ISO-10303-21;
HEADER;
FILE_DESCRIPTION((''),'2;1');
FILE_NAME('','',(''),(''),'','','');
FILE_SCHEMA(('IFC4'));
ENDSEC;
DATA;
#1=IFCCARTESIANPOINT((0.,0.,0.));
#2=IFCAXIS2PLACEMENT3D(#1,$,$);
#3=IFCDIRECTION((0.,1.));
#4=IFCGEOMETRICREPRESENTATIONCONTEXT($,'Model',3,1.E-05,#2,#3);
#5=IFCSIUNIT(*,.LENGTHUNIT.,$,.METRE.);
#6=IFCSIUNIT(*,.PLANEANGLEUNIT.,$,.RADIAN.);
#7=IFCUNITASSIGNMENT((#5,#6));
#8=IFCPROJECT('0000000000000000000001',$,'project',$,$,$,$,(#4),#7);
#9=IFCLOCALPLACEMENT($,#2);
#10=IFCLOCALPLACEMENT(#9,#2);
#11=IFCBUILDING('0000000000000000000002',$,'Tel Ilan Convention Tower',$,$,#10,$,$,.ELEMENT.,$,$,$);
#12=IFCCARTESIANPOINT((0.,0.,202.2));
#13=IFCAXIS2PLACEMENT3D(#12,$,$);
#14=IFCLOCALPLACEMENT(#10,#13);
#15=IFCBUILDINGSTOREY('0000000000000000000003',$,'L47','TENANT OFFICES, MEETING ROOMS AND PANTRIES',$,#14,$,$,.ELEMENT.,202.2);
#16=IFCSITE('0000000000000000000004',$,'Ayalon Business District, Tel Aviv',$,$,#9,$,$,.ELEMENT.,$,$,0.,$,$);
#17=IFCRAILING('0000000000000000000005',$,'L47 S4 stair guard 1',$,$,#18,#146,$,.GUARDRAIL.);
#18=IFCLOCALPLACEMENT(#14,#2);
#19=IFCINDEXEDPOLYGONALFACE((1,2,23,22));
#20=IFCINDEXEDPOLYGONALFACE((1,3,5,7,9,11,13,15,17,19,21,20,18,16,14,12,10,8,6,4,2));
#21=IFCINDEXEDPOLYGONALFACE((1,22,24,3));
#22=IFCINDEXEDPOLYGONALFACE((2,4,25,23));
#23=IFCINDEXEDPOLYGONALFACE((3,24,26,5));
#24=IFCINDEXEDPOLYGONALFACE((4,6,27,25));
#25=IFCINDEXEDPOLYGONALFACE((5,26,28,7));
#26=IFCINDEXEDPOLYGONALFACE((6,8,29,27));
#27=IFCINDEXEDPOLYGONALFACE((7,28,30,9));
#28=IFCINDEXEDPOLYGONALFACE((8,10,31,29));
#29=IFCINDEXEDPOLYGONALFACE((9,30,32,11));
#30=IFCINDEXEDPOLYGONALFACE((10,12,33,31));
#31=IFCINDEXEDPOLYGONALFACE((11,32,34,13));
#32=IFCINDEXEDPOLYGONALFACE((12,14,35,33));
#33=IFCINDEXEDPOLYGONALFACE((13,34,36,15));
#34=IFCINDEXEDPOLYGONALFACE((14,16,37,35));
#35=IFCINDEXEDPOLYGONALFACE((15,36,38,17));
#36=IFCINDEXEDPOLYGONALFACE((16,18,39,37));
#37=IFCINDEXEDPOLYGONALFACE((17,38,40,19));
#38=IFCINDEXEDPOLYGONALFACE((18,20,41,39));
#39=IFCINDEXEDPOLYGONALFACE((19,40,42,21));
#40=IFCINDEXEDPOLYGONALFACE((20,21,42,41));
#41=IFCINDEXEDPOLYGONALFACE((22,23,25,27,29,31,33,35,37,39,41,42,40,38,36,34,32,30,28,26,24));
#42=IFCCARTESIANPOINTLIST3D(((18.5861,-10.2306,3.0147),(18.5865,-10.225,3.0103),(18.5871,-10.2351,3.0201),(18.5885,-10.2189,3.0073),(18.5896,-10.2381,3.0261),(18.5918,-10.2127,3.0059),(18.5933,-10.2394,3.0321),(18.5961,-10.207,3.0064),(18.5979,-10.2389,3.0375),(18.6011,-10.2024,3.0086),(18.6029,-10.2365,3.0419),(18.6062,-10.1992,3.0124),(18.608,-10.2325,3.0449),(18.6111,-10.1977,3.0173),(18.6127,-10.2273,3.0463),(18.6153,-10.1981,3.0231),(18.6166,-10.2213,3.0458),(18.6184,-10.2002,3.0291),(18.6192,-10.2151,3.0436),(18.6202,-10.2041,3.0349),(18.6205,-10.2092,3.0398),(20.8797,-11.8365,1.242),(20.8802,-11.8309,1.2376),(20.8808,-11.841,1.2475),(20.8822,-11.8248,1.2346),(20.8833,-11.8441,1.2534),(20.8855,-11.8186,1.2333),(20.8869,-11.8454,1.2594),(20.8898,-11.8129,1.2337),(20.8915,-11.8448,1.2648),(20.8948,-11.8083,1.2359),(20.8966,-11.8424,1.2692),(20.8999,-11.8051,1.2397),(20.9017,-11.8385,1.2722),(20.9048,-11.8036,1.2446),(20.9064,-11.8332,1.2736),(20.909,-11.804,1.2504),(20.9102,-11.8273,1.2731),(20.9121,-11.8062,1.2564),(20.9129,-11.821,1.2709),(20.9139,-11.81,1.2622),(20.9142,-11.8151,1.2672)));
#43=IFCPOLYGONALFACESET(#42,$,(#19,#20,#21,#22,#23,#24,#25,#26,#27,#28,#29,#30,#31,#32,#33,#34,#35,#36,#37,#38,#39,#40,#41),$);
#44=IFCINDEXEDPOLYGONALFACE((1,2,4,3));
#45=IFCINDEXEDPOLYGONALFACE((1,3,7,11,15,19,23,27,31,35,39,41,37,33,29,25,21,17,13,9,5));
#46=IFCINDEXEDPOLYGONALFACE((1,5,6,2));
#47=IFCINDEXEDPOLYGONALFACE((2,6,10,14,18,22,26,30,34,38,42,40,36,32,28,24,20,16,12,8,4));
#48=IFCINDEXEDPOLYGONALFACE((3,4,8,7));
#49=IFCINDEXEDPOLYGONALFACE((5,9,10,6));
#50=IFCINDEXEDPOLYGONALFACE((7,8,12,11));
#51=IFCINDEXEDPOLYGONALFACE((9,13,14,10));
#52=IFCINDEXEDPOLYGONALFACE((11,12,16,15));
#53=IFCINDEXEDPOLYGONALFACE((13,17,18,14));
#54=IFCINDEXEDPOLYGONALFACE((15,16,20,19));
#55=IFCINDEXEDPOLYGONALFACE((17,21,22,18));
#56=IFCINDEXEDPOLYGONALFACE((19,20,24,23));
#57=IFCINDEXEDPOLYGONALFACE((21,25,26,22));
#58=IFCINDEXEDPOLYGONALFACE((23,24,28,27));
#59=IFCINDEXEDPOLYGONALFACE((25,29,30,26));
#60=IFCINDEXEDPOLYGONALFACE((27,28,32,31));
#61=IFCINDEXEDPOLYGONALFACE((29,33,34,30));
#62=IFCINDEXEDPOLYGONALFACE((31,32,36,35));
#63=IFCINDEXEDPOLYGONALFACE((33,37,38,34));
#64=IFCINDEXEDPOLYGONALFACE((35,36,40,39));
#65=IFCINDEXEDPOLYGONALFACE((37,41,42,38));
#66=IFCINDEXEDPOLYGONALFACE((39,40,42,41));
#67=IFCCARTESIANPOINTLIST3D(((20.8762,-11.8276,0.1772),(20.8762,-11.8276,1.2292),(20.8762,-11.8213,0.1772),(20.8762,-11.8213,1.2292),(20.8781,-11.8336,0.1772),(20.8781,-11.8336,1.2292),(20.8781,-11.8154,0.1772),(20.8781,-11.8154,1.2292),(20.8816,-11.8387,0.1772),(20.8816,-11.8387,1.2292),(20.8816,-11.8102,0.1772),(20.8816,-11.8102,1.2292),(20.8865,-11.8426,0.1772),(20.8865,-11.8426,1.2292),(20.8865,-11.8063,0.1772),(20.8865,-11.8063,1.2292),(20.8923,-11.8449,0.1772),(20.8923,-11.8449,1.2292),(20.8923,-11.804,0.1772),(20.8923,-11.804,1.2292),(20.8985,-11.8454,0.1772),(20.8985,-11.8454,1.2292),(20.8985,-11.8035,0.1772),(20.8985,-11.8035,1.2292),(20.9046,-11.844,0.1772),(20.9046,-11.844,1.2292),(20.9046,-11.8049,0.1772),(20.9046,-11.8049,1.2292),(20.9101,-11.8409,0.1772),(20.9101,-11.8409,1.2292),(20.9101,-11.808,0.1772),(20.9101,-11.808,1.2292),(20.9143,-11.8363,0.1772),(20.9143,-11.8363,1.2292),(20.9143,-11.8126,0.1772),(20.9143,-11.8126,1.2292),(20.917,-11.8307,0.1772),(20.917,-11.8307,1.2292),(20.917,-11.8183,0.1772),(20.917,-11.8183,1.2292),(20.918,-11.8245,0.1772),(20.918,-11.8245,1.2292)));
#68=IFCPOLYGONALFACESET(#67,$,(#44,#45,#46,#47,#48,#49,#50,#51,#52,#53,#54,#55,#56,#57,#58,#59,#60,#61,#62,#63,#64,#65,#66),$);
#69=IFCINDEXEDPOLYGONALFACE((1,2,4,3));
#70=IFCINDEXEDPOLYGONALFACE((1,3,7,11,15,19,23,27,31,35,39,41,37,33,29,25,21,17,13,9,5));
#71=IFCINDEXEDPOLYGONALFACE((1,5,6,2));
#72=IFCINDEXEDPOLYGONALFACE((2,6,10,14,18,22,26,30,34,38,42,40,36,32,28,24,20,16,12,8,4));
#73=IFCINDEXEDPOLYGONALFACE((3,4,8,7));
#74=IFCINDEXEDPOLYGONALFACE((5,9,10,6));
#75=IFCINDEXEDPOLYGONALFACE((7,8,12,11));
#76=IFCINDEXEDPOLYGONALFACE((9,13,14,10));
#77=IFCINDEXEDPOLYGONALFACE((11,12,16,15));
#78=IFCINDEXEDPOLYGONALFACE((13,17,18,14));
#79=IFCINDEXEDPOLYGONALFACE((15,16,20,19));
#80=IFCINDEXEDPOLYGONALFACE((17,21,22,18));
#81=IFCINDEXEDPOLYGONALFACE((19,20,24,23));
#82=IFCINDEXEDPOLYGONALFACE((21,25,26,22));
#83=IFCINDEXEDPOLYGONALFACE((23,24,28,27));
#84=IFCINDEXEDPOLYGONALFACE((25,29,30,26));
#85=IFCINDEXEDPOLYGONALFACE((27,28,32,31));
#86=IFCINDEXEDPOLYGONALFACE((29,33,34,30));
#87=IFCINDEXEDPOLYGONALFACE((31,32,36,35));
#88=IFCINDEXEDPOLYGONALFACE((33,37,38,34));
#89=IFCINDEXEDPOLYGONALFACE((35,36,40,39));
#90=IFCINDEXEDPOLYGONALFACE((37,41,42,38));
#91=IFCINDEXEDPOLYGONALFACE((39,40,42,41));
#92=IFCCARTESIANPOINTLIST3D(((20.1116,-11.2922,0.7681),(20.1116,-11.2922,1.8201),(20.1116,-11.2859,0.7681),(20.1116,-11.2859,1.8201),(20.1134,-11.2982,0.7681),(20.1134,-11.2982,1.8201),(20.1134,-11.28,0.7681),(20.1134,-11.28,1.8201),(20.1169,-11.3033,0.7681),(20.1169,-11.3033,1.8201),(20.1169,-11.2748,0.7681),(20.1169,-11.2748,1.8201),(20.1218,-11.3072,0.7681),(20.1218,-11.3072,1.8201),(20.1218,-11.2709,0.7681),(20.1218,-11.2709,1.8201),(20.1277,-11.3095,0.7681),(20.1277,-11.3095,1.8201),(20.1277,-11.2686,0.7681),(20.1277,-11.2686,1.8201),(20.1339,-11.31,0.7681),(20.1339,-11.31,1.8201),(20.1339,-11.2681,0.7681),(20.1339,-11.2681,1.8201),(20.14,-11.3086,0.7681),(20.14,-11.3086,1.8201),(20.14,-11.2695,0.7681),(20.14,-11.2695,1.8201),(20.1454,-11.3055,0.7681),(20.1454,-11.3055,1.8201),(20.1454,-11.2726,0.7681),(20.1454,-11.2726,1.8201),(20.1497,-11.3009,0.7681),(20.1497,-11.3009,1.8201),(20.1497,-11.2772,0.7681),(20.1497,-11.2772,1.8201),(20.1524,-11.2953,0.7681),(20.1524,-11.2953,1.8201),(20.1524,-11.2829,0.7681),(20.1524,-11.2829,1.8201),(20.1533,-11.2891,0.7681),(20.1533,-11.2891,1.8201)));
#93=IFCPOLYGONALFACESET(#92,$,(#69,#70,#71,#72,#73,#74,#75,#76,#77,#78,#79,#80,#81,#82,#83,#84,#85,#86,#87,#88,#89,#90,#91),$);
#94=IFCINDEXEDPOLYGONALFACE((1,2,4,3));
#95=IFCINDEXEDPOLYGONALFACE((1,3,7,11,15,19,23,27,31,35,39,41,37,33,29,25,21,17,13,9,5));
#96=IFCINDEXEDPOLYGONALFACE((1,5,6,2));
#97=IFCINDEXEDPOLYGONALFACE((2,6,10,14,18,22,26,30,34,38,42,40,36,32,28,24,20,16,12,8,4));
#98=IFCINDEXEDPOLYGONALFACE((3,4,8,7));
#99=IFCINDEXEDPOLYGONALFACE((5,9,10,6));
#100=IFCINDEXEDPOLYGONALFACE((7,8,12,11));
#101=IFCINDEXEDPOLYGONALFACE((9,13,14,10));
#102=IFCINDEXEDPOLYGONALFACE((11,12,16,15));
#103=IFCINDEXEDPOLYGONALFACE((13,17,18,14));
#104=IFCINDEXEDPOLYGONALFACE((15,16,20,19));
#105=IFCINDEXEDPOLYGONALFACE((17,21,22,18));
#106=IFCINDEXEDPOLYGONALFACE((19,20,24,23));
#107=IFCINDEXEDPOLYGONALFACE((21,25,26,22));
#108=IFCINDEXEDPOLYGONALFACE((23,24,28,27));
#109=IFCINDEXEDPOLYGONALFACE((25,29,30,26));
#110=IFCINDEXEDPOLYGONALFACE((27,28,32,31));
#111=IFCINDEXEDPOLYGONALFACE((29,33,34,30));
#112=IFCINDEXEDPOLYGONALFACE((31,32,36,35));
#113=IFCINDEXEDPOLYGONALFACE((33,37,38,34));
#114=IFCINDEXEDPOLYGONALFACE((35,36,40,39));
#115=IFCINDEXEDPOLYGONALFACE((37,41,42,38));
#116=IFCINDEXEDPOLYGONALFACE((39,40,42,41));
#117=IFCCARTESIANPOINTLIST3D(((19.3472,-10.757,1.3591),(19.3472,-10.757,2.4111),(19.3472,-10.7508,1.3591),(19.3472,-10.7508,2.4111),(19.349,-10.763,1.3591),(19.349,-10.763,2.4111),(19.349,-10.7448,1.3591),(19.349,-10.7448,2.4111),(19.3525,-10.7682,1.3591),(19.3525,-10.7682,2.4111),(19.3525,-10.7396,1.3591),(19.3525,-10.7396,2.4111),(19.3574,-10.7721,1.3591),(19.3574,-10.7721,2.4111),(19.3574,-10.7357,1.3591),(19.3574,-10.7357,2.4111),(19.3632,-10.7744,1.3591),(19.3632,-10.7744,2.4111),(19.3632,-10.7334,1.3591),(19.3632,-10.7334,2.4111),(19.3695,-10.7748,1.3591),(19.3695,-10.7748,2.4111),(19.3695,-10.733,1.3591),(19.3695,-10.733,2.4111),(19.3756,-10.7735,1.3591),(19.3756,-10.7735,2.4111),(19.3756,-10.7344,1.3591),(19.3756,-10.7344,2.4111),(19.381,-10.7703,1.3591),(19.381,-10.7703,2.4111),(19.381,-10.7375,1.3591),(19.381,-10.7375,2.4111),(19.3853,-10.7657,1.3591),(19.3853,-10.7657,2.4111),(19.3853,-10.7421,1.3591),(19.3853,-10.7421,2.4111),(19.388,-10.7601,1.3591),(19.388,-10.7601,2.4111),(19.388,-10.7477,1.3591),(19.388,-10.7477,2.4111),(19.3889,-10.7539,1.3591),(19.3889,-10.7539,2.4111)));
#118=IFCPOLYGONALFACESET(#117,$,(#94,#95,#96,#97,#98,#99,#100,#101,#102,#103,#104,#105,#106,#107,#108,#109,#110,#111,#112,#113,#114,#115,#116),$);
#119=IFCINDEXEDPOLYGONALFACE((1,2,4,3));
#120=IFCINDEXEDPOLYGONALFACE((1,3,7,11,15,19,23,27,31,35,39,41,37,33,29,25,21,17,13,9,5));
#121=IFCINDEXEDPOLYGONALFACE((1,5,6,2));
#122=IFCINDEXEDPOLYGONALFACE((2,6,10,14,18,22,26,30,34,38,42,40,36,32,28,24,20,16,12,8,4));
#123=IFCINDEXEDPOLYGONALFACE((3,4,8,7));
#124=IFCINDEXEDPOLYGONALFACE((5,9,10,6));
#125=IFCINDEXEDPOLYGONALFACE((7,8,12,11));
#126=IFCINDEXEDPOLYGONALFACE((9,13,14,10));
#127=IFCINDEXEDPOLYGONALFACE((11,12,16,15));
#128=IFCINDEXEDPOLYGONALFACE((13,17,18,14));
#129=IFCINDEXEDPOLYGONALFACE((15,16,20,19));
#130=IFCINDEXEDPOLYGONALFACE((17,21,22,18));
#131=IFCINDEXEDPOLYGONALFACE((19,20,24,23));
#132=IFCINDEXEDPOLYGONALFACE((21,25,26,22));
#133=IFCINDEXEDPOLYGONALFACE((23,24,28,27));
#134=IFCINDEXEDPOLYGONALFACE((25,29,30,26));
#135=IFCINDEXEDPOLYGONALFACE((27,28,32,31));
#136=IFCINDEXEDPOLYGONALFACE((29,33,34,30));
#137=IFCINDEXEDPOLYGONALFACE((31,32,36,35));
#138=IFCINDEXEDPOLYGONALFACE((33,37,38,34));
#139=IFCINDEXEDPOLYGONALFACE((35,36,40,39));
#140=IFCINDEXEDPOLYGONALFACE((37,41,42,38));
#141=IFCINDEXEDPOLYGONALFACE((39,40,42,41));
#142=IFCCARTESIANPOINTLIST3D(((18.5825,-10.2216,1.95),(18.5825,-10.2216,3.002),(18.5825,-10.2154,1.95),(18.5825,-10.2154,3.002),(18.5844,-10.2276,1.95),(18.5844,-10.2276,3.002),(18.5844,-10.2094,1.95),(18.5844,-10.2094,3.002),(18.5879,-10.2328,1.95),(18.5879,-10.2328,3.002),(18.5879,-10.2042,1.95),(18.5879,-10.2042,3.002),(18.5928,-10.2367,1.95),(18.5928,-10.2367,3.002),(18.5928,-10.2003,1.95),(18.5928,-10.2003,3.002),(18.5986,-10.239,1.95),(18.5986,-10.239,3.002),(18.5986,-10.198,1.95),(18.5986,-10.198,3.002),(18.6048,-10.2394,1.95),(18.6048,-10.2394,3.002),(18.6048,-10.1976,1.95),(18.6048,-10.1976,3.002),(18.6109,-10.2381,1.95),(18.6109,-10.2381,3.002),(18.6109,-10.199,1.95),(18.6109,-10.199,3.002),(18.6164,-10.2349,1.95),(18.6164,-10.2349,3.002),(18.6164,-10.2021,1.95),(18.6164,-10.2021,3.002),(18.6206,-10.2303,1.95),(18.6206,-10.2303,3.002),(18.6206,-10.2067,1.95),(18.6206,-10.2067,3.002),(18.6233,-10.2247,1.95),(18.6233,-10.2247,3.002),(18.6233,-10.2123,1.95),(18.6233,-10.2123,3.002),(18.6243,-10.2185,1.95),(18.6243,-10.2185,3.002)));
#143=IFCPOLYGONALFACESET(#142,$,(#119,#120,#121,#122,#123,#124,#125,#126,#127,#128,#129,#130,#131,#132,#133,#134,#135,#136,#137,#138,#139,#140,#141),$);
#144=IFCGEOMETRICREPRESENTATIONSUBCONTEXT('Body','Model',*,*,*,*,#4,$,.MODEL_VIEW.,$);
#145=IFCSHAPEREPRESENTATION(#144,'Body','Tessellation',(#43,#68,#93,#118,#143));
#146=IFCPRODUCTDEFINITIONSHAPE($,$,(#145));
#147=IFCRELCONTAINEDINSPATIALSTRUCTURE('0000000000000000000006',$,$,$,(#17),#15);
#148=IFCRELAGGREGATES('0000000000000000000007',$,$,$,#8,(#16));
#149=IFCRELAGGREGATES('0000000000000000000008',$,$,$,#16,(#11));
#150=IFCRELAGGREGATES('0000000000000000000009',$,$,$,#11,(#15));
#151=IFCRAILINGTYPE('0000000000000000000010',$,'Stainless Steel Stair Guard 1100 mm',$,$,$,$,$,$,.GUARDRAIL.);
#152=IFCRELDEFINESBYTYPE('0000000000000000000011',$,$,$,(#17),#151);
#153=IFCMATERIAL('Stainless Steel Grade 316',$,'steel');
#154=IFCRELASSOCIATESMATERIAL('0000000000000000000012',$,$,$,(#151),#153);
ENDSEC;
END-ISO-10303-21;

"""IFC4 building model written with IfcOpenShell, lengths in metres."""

from ifc_helpers import new_model, si_unit, direction, frame, origin, origin_2d, place, context, subcontext, project, spatial, circle, extrude, material, type_object, element, save


model = new_model("IFC4")

# Units and contexts
model_context = context("Model", 3, precision=1e-05, world=origin(), true_north=direction((0.0, 1.0)))
body_context = subcontext(model_context, "Body", "Model", "MODEL_VIEW")
ifc_project = project(units=[si_unit("LENGTHUNIT", "METRE"), si_unit("PLANEANGLEUNIT", "RADIAN")], contexts=[model_context])

# Site, building, storey
site_placement = place(None, origin())
site = spatial("IfcSite", under=ifc_project, at=site_placement, Name="Ayalon Business District, Tel Aviv", CompositionType="ELEMENT", RefElevation=0.0)
building_placement = place(site_placement, origin())
building = spatial("IfcBuilding", under=site, at=building_placement, Name="Tel Ilan Convention Tower", CompositionType="ELEMENT")
storey_placement = place(building_placement, frame((0.0, 0.0, 202.2)))
storey = spatial("IfcBuildingStorey", under=building, at=storey_placement, Name="L47", Description="TENANT OFFICES, MEETING ROOMS AND PANTRIES", CompositionType="ELEMENT", Elevation=202.2)

# Railing
ifc_material_1 = material(Name="Stainless Steel Grade 316", Category="steel")
railing_type_1 = type_object("IfcRailingType", Name="Stainless Steel Stair Guard 1100 mm", PredefinedType="GUARDRAIL", material=ifc_material_1)
railing_1_placement = place(storey_placement, frame((20.897, -11.8245, 0.1772)))
element("IfcRailing", 1, at=railing_1_placement, inside=storey, type_object=railing_type_1, Name="L47 S4 stair guard 1", PredefinedType="GUARDRAIL", context=body_context, shape_type="SweptSolid", body=[
    extrude(circle(Radius=0.0239, at=origin_2d()), frame((0.0, 0.0, 1.0762), z_axis=(-0.692123, 0.484597, 0.534913), x_axis=(-0.57355, -0.81917, 0.0)), (0.0, 0.0, 1.0), 3.314),
    extrude(circle(Radius=0.021, at=origin_2d()), origin(), (0.0, 0.0, 1.0), 1.052),
    extrude(circle(Radius=0.021, at=origin_2d()), frame((-0.7646, 0.5354, 0.5908)), (0.0, 0.0, 1.0), 1.052),
    extrude(circle(Radius=0.021, at=origin_2d()), frame((-1.5291, 1.0706, 1.1819)), (0.0, 0.0, 1.0), 1.052),
    extrude(circle(Radius=0.021, at=origin_2d()), frame((-2.2937, 1.606, 1.7727)), (0.0, 0.0, 1.0), 1.052),
])

save(model, "model.ifc")
